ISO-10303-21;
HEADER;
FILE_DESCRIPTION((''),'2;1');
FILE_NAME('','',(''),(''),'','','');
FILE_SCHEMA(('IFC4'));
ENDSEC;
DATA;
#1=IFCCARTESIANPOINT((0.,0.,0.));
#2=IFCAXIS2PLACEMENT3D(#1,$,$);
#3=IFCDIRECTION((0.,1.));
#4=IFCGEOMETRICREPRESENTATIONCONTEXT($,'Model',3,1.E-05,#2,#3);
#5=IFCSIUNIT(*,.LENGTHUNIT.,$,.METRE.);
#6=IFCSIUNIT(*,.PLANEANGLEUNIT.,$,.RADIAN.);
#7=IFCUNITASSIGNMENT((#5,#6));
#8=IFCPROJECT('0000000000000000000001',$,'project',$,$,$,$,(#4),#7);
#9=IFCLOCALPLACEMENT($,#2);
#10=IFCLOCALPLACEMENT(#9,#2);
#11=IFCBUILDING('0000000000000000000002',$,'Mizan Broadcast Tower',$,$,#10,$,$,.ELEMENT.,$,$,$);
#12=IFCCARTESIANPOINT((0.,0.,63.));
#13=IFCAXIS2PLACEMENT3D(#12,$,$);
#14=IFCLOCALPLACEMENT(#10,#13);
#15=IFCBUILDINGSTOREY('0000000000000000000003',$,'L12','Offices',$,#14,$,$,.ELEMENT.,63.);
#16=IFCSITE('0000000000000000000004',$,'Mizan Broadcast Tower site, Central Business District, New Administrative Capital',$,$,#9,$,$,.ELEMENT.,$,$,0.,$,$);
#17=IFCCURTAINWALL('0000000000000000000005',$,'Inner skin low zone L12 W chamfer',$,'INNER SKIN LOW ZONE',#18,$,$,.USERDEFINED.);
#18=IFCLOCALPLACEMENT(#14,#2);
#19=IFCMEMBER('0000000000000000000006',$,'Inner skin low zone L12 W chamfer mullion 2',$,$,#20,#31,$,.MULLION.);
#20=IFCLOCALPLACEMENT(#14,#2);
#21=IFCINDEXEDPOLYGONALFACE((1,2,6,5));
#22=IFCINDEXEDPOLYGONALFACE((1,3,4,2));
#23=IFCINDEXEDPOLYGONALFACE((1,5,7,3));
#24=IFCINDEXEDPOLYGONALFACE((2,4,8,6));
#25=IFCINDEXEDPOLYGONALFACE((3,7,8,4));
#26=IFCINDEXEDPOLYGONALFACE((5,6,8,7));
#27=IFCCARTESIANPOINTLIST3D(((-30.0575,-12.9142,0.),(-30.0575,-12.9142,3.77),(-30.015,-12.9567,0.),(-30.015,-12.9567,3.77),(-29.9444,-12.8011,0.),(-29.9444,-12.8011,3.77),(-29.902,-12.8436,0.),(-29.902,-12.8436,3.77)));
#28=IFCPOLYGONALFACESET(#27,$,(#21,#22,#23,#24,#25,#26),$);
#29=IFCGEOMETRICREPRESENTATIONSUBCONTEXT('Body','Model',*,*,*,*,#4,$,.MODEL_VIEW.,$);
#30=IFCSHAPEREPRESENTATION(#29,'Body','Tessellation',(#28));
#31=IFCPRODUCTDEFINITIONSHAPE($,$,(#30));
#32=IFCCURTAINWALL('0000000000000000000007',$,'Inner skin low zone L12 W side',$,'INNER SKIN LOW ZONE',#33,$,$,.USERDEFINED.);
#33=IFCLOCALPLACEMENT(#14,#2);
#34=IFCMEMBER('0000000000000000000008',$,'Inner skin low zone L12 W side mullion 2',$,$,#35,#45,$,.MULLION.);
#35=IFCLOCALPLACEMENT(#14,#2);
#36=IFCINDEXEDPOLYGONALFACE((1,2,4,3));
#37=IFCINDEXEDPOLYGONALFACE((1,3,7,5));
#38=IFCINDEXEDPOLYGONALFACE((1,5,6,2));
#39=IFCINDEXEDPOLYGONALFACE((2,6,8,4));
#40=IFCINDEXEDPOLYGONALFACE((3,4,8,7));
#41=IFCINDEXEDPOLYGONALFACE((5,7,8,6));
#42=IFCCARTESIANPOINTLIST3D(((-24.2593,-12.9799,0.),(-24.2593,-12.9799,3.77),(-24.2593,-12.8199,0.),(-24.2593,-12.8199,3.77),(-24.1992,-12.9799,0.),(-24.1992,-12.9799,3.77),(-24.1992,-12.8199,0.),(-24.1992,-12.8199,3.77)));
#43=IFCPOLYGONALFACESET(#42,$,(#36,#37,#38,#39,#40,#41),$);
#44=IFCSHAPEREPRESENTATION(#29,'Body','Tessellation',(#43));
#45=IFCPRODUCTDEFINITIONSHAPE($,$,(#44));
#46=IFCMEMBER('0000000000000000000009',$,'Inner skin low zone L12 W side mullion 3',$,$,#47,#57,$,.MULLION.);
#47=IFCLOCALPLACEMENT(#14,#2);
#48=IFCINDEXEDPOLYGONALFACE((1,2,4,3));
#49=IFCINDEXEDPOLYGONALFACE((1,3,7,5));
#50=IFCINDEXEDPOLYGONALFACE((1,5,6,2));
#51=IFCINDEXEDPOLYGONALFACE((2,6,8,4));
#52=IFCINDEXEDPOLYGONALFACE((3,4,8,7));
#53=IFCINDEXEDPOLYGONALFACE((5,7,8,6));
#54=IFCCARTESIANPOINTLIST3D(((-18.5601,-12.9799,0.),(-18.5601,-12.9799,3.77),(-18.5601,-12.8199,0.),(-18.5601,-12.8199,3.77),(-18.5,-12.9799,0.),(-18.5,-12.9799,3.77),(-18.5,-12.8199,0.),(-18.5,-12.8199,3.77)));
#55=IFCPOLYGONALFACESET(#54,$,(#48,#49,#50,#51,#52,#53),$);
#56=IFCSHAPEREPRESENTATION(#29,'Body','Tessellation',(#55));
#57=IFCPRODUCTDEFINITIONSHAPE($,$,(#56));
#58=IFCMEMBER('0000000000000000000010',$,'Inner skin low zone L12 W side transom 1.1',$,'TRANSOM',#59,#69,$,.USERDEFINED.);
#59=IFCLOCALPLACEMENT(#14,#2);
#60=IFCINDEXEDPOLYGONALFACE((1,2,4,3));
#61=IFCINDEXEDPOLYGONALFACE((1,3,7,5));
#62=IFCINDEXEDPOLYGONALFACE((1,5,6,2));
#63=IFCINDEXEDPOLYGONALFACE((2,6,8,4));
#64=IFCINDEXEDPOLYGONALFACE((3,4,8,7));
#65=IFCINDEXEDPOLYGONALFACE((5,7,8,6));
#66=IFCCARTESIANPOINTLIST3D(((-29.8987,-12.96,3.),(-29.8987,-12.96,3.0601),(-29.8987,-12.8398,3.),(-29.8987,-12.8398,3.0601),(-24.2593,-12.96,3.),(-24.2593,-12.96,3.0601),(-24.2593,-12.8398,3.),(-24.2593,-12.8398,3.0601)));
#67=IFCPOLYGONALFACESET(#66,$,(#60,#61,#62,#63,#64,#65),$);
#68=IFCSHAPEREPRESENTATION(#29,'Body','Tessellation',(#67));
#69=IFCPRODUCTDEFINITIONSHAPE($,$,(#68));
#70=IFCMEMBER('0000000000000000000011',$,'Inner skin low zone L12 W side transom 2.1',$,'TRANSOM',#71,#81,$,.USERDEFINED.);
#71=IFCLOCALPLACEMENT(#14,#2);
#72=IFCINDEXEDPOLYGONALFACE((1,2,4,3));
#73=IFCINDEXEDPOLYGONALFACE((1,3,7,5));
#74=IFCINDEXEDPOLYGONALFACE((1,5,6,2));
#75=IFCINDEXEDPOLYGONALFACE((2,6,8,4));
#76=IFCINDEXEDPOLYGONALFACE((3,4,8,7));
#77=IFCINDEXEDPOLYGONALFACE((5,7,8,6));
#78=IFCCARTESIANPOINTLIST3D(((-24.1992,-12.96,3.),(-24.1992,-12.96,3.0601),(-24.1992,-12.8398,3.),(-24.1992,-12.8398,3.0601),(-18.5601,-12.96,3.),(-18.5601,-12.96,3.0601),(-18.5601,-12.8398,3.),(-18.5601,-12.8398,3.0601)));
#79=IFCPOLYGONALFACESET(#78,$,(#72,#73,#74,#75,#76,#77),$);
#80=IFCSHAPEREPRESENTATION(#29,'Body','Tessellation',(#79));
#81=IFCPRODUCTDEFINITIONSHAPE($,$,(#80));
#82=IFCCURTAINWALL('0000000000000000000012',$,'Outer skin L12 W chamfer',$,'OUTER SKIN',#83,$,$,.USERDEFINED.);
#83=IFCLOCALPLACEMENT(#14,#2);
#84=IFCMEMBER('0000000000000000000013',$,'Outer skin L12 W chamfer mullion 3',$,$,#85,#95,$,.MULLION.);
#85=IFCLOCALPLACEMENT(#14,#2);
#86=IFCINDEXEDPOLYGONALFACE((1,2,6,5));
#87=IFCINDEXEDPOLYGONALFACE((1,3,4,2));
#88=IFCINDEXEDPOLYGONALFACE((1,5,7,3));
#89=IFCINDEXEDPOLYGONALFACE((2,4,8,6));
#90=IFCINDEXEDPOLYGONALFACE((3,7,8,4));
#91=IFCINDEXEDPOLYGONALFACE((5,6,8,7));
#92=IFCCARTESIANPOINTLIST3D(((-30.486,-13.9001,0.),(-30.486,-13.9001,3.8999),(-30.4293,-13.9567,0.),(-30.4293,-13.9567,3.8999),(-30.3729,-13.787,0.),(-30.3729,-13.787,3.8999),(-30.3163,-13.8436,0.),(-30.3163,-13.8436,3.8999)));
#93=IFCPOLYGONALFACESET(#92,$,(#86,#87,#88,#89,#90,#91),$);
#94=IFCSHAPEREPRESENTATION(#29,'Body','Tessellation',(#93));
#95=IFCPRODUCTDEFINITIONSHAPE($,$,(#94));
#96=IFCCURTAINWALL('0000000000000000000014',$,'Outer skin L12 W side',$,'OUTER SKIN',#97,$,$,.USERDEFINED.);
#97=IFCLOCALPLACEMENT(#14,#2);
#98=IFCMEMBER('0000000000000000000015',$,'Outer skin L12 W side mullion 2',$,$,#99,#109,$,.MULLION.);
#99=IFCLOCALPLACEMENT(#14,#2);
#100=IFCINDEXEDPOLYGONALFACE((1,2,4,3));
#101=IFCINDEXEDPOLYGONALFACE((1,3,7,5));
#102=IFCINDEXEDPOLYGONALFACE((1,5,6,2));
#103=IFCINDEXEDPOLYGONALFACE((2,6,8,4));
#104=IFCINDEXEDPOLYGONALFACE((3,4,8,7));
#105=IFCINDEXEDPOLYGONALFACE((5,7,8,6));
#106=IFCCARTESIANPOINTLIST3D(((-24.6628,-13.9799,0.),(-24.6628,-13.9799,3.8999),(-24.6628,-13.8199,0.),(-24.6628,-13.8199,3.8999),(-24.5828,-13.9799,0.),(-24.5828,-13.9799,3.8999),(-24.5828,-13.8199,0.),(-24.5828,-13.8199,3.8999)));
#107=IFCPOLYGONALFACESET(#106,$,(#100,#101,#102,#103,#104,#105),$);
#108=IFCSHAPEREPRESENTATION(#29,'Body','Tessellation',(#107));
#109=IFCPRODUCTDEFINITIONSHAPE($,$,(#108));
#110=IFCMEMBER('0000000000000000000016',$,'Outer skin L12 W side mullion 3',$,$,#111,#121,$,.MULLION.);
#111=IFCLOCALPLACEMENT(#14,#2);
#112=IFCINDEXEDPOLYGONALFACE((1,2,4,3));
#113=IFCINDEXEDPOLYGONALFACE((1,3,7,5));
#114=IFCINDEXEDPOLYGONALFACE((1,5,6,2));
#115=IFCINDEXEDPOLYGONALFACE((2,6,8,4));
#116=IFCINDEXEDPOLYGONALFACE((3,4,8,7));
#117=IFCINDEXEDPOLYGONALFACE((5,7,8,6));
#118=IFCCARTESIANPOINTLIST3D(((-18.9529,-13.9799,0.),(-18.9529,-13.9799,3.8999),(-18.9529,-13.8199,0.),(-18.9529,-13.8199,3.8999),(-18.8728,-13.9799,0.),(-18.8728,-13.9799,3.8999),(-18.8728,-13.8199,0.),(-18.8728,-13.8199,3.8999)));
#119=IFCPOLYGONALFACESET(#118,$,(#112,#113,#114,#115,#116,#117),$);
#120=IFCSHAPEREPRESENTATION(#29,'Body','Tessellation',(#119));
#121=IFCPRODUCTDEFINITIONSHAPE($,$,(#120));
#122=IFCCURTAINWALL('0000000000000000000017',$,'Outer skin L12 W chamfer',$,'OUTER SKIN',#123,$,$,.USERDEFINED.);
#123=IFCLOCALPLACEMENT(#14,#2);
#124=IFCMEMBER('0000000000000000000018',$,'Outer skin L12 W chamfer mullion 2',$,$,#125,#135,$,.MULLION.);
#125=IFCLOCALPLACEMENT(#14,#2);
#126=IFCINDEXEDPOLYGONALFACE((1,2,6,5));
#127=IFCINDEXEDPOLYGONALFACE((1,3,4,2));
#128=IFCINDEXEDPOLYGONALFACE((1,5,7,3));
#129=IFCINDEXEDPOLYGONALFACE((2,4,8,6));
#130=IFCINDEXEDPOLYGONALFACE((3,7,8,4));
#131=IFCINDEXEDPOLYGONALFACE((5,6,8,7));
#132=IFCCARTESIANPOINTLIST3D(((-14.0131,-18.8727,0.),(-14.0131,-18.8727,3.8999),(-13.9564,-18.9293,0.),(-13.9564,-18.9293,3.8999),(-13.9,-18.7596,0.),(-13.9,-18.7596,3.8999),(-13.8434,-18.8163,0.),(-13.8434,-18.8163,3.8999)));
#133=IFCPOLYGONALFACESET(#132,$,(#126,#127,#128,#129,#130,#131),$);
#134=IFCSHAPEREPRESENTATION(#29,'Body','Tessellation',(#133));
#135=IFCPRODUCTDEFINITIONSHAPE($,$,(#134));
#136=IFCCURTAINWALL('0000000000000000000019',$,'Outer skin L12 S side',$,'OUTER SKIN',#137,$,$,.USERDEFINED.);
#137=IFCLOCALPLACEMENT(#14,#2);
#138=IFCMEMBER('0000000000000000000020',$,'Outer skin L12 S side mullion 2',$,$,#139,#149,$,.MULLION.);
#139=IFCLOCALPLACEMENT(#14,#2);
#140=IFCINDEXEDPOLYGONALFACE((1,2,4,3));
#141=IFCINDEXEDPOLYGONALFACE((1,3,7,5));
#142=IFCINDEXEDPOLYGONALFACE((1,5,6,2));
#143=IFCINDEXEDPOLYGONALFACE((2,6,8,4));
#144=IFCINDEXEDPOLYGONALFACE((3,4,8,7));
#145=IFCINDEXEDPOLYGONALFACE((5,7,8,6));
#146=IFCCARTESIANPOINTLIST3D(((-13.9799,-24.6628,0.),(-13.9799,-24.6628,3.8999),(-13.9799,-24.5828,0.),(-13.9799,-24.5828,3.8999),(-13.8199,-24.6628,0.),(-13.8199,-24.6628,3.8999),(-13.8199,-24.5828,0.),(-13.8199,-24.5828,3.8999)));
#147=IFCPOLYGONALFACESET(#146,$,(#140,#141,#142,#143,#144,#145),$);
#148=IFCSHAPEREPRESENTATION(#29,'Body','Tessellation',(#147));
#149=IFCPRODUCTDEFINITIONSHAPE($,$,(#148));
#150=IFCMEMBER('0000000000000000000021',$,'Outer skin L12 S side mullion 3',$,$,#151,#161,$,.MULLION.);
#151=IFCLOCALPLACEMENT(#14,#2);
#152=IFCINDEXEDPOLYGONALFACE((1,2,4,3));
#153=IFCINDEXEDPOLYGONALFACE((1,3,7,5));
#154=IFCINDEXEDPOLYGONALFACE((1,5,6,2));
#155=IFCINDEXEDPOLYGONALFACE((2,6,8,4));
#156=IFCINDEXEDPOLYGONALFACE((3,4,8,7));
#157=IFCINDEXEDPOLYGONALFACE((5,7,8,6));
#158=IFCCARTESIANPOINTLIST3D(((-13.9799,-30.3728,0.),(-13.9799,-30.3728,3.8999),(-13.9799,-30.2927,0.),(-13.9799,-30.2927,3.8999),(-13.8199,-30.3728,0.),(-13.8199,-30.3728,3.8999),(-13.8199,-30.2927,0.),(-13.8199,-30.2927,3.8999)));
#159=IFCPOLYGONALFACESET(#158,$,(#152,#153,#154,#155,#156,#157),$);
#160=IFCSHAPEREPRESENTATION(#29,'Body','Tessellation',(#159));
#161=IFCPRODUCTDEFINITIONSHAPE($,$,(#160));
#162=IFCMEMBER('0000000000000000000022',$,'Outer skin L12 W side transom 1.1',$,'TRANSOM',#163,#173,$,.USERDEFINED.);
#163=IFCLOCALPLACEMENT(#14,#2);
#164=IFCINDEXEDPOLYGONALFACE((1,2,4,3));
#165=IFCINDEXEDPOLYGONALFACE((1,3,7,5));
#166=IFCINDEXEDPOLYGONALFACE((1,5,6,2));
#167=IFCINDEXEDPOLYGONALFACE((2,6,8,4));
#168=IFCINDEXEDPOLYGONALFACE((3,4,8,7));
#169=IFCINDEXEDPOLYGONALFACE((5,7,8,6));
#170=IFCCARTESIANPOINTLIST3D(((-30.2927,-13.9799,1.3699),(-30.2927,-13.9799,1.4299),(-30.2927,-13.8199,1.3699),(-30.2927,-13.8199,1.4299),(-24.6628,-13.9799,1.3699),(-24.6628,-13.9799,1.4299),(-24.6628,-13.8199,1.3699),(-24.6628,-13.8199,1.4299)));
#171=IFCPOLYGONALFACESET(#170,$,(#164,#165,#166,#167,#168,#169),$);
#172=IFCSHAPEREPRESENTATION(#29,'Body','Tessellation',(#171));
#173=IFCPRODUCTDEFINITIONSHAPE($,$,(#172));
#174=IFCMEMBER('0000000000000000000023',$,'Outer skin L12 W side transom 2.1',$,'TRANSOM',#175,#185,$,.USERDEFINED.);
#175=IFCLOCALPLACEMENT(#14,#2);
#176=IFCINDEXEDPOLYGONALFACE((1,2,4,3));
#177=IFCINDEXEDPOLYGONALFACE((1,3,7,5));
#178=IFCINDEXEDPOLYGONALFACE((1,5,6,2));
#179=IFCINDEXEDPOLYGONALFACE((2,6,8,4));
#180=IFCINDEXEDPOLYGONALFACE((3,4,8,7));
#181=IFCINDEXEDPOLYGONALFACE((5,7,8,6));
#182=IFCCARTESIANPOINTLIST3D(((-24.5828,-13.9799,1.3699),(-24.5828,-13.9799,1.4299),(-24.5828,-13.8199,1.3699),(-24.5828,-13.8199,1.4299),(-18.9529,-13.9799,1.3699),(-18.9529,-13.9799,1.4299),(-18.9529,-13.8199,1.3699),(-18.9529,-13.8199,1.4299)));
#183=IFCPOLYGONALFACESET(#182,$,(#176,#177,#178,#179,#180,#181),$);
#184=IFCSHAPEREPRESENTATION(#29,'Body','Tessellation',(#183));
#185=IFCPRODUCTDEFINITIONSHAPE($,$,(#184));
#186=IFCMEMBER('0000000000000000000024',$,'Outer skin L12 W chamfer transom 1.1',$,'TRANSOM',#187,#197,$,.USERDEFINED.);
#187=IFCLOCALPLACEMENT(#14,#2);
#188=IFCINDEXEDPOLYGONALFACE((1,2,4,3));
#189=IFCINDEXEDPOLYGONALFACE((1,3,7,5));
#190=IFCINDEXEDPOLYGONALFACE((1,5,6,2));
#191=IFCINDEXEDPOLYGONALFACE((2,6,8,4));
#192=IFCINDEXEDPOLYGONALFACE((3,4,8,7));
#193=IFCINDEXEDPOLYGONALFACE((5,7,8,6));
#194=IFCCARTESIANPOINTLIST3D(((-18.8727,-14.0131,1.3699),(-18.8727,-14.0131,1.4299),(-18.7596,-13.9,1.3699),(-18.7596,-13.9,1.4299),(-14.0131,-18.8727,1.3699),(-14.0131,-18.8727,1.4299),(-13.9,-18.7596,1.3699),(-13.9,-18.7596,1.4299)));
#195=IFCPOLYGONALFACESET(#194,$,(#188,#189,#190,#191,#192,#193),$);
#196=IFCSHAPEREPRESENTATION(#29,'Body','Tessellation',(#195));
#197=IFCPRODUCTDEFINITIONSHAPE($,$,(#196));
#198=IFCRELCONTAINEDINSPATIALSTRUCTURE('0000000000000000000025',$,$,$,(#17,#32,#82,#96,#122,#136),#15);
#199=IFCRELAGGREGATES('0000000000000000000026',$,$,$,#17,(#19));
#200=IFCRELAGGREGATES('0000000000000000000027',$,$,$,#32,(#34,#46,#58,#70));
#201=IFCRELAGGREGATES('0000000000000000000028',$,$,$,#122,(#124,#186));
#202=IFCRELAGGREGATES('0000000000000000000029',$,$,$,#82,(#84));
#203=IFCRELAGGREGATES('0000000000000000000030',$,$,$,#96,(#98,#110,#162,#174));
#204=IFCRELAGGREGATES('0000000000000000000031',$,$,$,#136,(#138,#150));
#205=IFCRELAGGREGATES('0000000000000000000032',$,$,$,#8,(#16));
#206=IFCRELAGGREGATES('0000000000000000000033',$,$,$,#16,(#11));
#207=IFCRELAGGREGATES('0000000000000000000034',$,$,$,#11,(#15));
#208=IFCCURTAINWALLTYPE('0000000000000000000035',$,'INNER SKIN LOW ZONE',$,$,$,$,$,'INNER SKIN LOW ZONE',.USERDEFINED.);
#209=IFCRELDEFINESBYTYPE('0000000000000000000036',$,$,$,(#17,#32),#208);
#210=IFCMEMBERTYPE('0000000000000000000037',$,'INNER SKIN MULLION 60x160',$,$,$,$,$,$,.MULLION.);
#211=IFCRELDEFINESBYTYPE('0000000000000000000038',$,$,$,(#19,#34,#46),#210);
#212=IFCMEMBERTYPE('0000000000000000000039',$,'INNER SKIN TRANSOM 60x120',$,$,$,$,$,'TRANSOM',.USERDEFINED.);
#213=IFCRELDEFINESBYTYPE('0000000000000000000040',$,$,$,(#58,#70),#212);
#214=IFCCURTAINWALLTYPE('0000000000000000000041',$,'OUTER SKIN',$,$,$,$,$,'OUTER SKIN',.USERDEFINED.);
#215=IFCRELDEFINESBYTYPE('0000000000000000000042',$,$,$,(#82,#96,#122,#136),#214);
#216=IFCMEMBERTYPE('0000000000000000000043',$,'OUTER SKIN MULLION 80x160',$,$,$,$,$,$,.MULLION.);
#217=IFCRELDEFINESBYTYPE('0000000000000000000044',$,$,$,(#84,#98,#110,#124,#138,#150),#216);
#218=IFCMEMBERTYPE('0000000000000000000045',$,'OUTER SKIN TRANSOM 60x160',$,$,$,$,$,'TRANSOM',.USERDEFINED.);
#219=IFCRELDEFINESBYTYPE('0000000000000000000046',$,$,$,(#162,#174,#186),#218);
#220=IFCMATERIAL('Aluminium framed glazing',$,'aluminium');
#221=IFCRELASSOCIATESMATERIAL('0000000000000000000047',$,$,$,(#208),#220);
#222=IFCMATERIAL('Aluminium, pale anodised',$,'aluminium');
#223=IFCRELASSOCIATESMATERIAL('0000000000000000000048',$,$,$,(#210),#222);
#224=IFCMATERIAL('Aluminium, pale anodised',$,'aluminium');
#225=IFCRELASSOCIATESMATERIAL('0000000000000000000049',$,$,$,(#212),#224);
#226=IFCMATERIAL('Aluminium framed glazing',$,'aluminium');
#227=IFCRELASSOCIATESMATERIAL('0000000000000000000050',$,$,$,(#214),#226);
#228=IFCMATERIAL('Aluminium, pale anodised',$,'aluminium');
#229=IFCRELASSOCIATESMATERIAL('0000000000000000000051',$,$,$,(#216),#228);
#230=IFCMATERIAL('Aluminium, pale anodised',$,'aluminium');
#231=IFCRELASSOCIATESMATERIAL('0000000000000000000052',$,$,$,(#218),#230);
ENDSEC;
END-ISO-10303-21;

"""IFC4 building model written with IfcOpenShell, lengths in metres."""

from ifc_helpers import new_model, si_unit, direction, frame, origin, origin_2d, place, context, subcontext, project, spatial, rectangle, extrude, material, material_profile, profile_set, type_object, element, aggregate, save


model = new_model("IFC4")

# Units and contexts
model_context = context("Model", 3, precision=1e-05, world=origin(), true_north=direction((0.0, 1.0)))
body_context = subcontext(model_context, "Body", "Model", "MODEL_VIEW")
ifc_project = project(units=[si_unit("LENGTHUNIT", "METRE"), si_unit("PLANEANGLEUNIT", "RADIAN")], contexts=[model_context])

# Site, building, storey
site_placement = place(None, origin())
site = spatial("IfcSite", under=ifc_project, at=site_placement, Name="Mizan Broadcast Tower site, Central Business District, New Administrative Capital", CompositionType="ELEMENT", RefElevation=0.0)
building_placement = place(site_placement, origin())
building = spatial("IfcBuilding", under=site, at=building_placement, Name="Mizan Broadcast Tower", CompositionType="ELEMENT")
storey_placement = place(building_placement, frame((0.0, 0.0, 63.0)))
storey = spatial("IfcBuildingStorey", under=building, at=storey_placement, Name="L12", Description="Offices", CompositionType="ELEMENT", Elevation=63.0)

# Curtain wall, member
ifc_material_1 = material(Name="Aluminium framed glazing", Category="aluminium")
curtain_wall_type_1 = type_object("IfcCurtainWallType", Name="INNER SKIN LOW ZONE", ElementType="INNER SKIN LOW ZONE", PredefinedType="USERDEFINED", material=ifc_material_1)
curtain_wall_1_placement = place(storey_placement, origin())
curtain_wall_1 = element("IfcCurtainWall", 1, at=curtain_wall_1_placement, inside=storey, type_object=curtain_wall_type_1, Name="Inner skin low zone L12 W chamfer", ObjectType="INNER SKIN LOW ZONE", PredefinedType="USERDEFINED")
ifc_material_2 = material(Name="Aluminium, pale anodised", Category="aluminium")
ifc_material_profile_1 = material_profile(ifc_material_2, rectangle(XDim=0.1599, YDim=0.0601, at=origin_2d()), Name="MULLION 160x60")
ifc_profile_set_1 = profile_set([ifc_material_profile_1], Name="Aluminium, pale anodised")
member_type_1 = type_object("IfcMemberType", Name="INNER SKIN MULLION 60x160", PredefinedType="MULLION", material=ifc_profile_set_1)
member_1_placement = place(storey_placement, frame((-29.9797, -12.8789, 0.0), z_axis=(0.0, 0.0, 1.0), x_axis=(0.707107, 0.707107, 0.0)))
member_1 = element("IfcMember", 2, at=member_1_placement, type_object=member_type_1, Name="Inner skin low zone L12 W chamfer mullion 2", PredefinedType="MULLION", context=body_context, shape_type="SweptSolid", body=[
    extrude(rectangle(XDim=0.1599, YDim=0.0601, at=origin_2d()), origin(), (0.0, 0.0, 1.0), 3.77),
])
aggregate(curtain_wall_1, [member_1])

# Curtain wall, members
curtain_wall_2_placement = place(storey_placement, origin())
curtain_wall_2 = element("IfcCurtainWall", 3, at=curtain_wall_2_placement, inside=storey, type_object=curtain_wall_type_1, Name="Inner skin low zone L12 W side", ObjectType="INNER SKIN LOW ZONE", PredefinedType="USERDEFINED")
member_2_placement = place(storey_placement, frame((-24.2292, -12.8999, 0.0), z_axis=(0.0, 0.0, 1.0), x_axis=(0.0, 1.0, 0.0)))
member_2 = element("IfcMember", 4, at=member_2_placement, type_object=member_type_1, Name="Inner skin low zone L12 W side mullion 2", PredefinedType="MULLION", context=body_context, shape_type="SweptSolid", body=[
    extrude(rectangle(XDim=0.1599, YDim=0.0601, at=origin_2d()), origin(), (0.0, 0.0, 1.0), 3.77),
])
member_3_placement = place(storey_placement, frame((-18.53, -12.8999, 0.0), z_axis=(0.0, 0.0, 1.0), x_axis=(0.0, 1.0, 0.0)))
member_3 = element("IfcMember", 5, at=member_3_placement, type_object=member_type_1, Name="Inner skin low zone L12 W side mullion 3", PredefinedType="MULLION", context=body_context, shape_type="SweptSolid", body=[
    extrude(rectangle(XDim=0.1599, YDim=0.0601, at=origin_2d()), origin(), (0.0, 0.0, 1.0), 3.77),
])
ifc_material_3 = material(Name="Aluminium, pale anodised", Category="aluminium")
ifc_material_profile_2 = material_profile(ifc_material_3, rectangle(XDim=0.1201, YDim=0.0601, at=origin_2d()), Name="TRANSOM 120x60")
ifc_profile_set_2 = profile_set([ifc_material_profile_2], Name="Aluminium, pale anodised")
member_type_2 = type_object("IfcMemberType", Name="INNER SKIN TRANSOM 60x120", ElementType="TRANSOM", PredefinedType="USERDEFINED", material=ifc_profile_set_2)
member_4_placement = place(storey_placement, frame((-29.8987, -12.8999, 3.03), z_axis=(1.0, 0.0, 0.0), x_axis=(0.0, 1.0, 0.0)))
member_4 = element("IfcMember", 6, at=member_4_placement, type_object=member_type_2, Name="Inner skin low zone L12 W side transom 1.1", ObjectType="TRANSOM", PredefinedType="USERDEFINED", context=body_context, shape_type="SweptSolid", body=[
    extrude(rectangle(XDim=0.1201, YDim=0.0601, at=origin_2d()), origin(), (0.0, 0.0, 1.0), 5.6394),
])
member_5_placement = place(storey_placement, frame((-24.1992, -12.8999, 3.03), z_axis=(1.0, 0.0, 0.0), x_axis=(0.0, 1.0, 0.0)))
member_5 = element("IfcMember", 7, at=member_5_placement, type_object=member_type_2, Name="Inner skin low zone L12 W side transom 2.1", ObjectType="TRANSOM", PredefinedType="USERDEFINED", context=body_context, shape_type="SweptSolid", body=[
    extrude(rectangle(XDim=0.1201, YDim=0.0601, at=origin_2d()), origin(), (0.0, 0.0, 1.0), 5.6392),
])

# Curtain wall, member
ifc_material_4 = material(Name="Aluminium framed glazing", Category="aluminium")
curtain_wall_type_2 = type_object("IfcCurtainWallType", Name="OUTER SKIN", ElementType="OUTER SKIN", PredefinedType="USERDEFINED", material=ifc_material_4)
curtain_wall_3_placement = place(storey_placement, origin())
curtain_wall_3 = element("IfcCurtainWall", 8, at=curtain_wall_3_placement, inside=storey, type_object=curtain_wall_type_2, Name="Outer skin L12 W chamfer", ObjectType="OUTER SKIN", PredefinedType="USERDEFINED")
ifc_material_5 = material(Name="Aluminium, pale anodised", Category="aluminium")
ifc_material_profile_3 = material_profile(ifc_material_5, rectangle(XDim=0.1599, YDim=0.0801, at=origin_2d()), Name="MULLION 160x80")
ifc_profile_set_3 = profile_set([ifc_material_profile_3], Name="Aluminium, pale anodised")
member_type_3 = type_object("IfcMemberType", Name="OUTER SKIN MULLION 80x160", PredefinedType="MULLION", material=ifc_profile_set_3)
member_6_placement = place(storey_placement, frame((-30.4011, -13.8718, 0.0), z_axis=(0.0, 0.0, 1.0), x_axis=(0.707107, 0.707107, 0.0)))
member_6 = element("IfcMember", 9, at=member_6_placement, type_object=member_type_3, Name="Outer skin L12 W chamfer mullion 3", PredefinedType="MULLION", context=body_context, shape_type="SweptSolid", body=[
    extrude(rectangle(XDim=0.1599, YDim=0.0801, at=origin_2d()), origin(), (0.0, 0.0, 1.0), 3.8999),
])

# Curtain wall, members
curtain_wall_4_placement = place(storey_placement, origin())
curtain_wall_4 = element("IfcCurtainWall", 10, at=curtain_wall_4_placement, inside=storey, type_object=curtain_wall_type_2, Name="Outer skin L12 W side", ObjectType="OUTER SKIN", PredefinedType="USERDEFINED")
member_7_placement = place(storey_placement, frame((-24.6228, -13.8999, 0.0), z_axis=(0.0, 0.0, 1.0), x_axis=(0.0, 1.0, 0.0)))
member_7 = element("IfcMember", 11, at=member_7_placement, type_object=member_type_3, Name="Outer skin L12 W side mullion 2", PredefinedType="MULLION", context=body_context, shape_type="SweptSolid", body=[
    extrude(rectangle(XDim=0.1599, YDim=0.0801, at=origin_2d()), origin(), (0.0, 0.0, 1.0), 3.8999),
])
member_8_placement = place(storey_placement, frame((-18.9128, -13.8999, 0.0), z_axis=(0.0, 0.0, 1.0), x_axis=(0.0, 1.0, 0.0)))
member_8 = element("IfcMember", 12, at=member_8_placement, type_object=member_type_3, Name="Outer skin L12 W side mullion 3", PredefinedType="MULLION", context=body_context, shape_type="SweptSolid", body=[
    extrude(rectangle(XDim=0.1599, YDim=0.0801, at=origin_2d()), origin(), (0.0, 0.0, 1.0), 3.8999),
])

# Curtain wall, member
curtain_wall_5_placement = place(storey_placement, origin())
curtain_wall_5 = element("IfcCurtainWall", 13, at=curtain_wall_5_placement, inside=storey, type_object=curtain_wall_type_2, Name="Outer skin L12 W chamfer", ObjectType="OUTER SKIN", PredefinedType="USERDEFINED")
member_9_placement = place(storey_placement, frame((-13.9282, -18.8445, 0.0), z_axis=(0.0, 0.0, 1.0), x_axis=(0.707107, 0.707107, 0.0)))
member_9 = element("IfcMember", 14, at=member_9_placement, type_object=member_type_3, Name="Outer skin L12 W chamfer mullion 2", PredefinedType="MULLION", context=body_context, shape_type="SweptSolid", body=[
    extrude(rectangle(XDim=0.1599, YDim=0.0801, at=origin_2d()), origin(), (0.0, 0.0, 1.0), 3.8999),
])

# Curtain wall, members
curtain_wall_6_placement = place(storey_placement, origin())
curtain_wall_6 = element("IfcCurtainWall", 15, at=curtain_wall_6_placement, inside=storey, type_object=curtain_wall_type_2, Name="Outer skin L12 S side", ObjectType="OUTER SKIN", PredefinedType="USERDEFINED")
member_10_placement = place(storey_placement, frame((-13.8999, -24.6228, 0.0), z_axis=(0.0, 0.0, 1.0), x_axis=(1.0, 0.0, 0.0)))
member_10 = element("IfcMember", 16, at=member_10_placement, type_object=member_type_3, Name="Outer skin L12 S side mullion 2", PredefinedType="MULLION", context=body_context, shape_type="SweptSolid", body=[
    extrude(rectangle(XDim=0.1599, YDim=0.0801, at=origin_2d()), origin(), (0.0, 0.0, 1.0), 3.8999),
])
member_11_placement = place(storey_placement, frame((-13.8999, -30.3328, 0.0), z_axis=(0.0, 0.0, 1.0), x_axis=(1.0, 0.0, 0.0)))
member_11 = element("IfcMember", 17, at=member_11_placement, type_object=member_type_3, Name="Outer skin L12 S side mullion 3", PredefinedType="MULLION", context=body_context, shape_type="SweptSolid", body=[
    extrude(rectangle(XDim=0.1599, YDim=0.0801, at=origin_2d()), origin(), (0.0, 0.0, 1.0), 3.8999),
])

# Members
ifc_material_6 = material(Name="Aluminium, pale anodised", Category="aluminium")
ifc_material_profile_4 = material_profile(ifc_material_6, rectangle(XDim=0.1599, YDim=0.0601, at=origin_2d()), Name="TRANSOM 160x60")
ifc_profile_set_4 = profile_set([ifc_material_profile_4], Name="Aluminium, pale anodised")
member_type_4 = type_object("IfcMemberType", Name="OUTER SKIN TRANSOM 60x160", ElementType="TRANSOM", PredefinedType="USERDEFINED", material=ifc_profile_set_4)
member_12_placement = place(storey_placement, frame((-30.2927, -13.8999, 1.3999), z_axis=(1.0, 0.0, 0.0), x_axis=(0.0, 1.0, 0.0)))
member_12 = element("IfcMember", 18, at=member_12_placement, type_object=member_type_4, Name="Outer skin L12 W side transom 1.1", ObjectType="TRANSOM", PredefinedType="USERDEFINED", context=body_context, shape_type="SweptSolid", body=[
    extrude(rectangle(XDim=0.1599, YDim=0.0601, at=origin_2d()), origin(), (0.0, 0.0, 1.0), 5.6299),
])
member_13_placement = place(storey_placement, frame((-24.5828, -13.8999, 1.3999), z_axis=(1.0, 0.0, 0.0), x_axis=(0.0, 1.0, 0.0)))
member_13 = element("IfcMember", 19, at=member_13_placement, type_object=member_type_4, Name="Outer skin L12 W side transom 2.1", ObjectType="TRANSOM", PredefinedType="USERDEFINED", context=body_context, shape_type="SweptSolid", body=[
    extrude(rectangle(XDim=0.1599, YDim=0.0601, at=origin_2d()), origin(), (0.0, 0.0, 1.0), 5.6299),
])
member_14_placement = place(storey_placement, frame((-18.8162, -13.9565, 1.3999), z_axis=(0.707107, -0.707107, 0.0), x_axis=(0.707107, 0.707107, 0.0)))
member_14 = element("IfcMember", 20, at=member_14_placement, type_object=member_type_4, Name="Outer skin L12 W chamfer transom 1.1", ObjectType="TRANSOM", PredefinedType="USERDEFINED", context=body_context, shape_type="SweptSolid", body=[
    extrude(rectangle(XDim=0.1599, YDim=0.0601, at=origin_2d()), origin(), (0.0, 0.0, 1.0), 6.8726),
])

aggregate(curtain_wall_2, [member_2, member_3, member_4, member_5])
aggregate(curtain_wall_5, [member_9, member_14])
aggregate(curtain_wall_3, [member_6])
aggregate(curtain_wall_4, [member_7, member_8, member_12, member_13])
aggregate(curtain_wall_6, [member_10, member_11])

save(model, "model.ifc")
